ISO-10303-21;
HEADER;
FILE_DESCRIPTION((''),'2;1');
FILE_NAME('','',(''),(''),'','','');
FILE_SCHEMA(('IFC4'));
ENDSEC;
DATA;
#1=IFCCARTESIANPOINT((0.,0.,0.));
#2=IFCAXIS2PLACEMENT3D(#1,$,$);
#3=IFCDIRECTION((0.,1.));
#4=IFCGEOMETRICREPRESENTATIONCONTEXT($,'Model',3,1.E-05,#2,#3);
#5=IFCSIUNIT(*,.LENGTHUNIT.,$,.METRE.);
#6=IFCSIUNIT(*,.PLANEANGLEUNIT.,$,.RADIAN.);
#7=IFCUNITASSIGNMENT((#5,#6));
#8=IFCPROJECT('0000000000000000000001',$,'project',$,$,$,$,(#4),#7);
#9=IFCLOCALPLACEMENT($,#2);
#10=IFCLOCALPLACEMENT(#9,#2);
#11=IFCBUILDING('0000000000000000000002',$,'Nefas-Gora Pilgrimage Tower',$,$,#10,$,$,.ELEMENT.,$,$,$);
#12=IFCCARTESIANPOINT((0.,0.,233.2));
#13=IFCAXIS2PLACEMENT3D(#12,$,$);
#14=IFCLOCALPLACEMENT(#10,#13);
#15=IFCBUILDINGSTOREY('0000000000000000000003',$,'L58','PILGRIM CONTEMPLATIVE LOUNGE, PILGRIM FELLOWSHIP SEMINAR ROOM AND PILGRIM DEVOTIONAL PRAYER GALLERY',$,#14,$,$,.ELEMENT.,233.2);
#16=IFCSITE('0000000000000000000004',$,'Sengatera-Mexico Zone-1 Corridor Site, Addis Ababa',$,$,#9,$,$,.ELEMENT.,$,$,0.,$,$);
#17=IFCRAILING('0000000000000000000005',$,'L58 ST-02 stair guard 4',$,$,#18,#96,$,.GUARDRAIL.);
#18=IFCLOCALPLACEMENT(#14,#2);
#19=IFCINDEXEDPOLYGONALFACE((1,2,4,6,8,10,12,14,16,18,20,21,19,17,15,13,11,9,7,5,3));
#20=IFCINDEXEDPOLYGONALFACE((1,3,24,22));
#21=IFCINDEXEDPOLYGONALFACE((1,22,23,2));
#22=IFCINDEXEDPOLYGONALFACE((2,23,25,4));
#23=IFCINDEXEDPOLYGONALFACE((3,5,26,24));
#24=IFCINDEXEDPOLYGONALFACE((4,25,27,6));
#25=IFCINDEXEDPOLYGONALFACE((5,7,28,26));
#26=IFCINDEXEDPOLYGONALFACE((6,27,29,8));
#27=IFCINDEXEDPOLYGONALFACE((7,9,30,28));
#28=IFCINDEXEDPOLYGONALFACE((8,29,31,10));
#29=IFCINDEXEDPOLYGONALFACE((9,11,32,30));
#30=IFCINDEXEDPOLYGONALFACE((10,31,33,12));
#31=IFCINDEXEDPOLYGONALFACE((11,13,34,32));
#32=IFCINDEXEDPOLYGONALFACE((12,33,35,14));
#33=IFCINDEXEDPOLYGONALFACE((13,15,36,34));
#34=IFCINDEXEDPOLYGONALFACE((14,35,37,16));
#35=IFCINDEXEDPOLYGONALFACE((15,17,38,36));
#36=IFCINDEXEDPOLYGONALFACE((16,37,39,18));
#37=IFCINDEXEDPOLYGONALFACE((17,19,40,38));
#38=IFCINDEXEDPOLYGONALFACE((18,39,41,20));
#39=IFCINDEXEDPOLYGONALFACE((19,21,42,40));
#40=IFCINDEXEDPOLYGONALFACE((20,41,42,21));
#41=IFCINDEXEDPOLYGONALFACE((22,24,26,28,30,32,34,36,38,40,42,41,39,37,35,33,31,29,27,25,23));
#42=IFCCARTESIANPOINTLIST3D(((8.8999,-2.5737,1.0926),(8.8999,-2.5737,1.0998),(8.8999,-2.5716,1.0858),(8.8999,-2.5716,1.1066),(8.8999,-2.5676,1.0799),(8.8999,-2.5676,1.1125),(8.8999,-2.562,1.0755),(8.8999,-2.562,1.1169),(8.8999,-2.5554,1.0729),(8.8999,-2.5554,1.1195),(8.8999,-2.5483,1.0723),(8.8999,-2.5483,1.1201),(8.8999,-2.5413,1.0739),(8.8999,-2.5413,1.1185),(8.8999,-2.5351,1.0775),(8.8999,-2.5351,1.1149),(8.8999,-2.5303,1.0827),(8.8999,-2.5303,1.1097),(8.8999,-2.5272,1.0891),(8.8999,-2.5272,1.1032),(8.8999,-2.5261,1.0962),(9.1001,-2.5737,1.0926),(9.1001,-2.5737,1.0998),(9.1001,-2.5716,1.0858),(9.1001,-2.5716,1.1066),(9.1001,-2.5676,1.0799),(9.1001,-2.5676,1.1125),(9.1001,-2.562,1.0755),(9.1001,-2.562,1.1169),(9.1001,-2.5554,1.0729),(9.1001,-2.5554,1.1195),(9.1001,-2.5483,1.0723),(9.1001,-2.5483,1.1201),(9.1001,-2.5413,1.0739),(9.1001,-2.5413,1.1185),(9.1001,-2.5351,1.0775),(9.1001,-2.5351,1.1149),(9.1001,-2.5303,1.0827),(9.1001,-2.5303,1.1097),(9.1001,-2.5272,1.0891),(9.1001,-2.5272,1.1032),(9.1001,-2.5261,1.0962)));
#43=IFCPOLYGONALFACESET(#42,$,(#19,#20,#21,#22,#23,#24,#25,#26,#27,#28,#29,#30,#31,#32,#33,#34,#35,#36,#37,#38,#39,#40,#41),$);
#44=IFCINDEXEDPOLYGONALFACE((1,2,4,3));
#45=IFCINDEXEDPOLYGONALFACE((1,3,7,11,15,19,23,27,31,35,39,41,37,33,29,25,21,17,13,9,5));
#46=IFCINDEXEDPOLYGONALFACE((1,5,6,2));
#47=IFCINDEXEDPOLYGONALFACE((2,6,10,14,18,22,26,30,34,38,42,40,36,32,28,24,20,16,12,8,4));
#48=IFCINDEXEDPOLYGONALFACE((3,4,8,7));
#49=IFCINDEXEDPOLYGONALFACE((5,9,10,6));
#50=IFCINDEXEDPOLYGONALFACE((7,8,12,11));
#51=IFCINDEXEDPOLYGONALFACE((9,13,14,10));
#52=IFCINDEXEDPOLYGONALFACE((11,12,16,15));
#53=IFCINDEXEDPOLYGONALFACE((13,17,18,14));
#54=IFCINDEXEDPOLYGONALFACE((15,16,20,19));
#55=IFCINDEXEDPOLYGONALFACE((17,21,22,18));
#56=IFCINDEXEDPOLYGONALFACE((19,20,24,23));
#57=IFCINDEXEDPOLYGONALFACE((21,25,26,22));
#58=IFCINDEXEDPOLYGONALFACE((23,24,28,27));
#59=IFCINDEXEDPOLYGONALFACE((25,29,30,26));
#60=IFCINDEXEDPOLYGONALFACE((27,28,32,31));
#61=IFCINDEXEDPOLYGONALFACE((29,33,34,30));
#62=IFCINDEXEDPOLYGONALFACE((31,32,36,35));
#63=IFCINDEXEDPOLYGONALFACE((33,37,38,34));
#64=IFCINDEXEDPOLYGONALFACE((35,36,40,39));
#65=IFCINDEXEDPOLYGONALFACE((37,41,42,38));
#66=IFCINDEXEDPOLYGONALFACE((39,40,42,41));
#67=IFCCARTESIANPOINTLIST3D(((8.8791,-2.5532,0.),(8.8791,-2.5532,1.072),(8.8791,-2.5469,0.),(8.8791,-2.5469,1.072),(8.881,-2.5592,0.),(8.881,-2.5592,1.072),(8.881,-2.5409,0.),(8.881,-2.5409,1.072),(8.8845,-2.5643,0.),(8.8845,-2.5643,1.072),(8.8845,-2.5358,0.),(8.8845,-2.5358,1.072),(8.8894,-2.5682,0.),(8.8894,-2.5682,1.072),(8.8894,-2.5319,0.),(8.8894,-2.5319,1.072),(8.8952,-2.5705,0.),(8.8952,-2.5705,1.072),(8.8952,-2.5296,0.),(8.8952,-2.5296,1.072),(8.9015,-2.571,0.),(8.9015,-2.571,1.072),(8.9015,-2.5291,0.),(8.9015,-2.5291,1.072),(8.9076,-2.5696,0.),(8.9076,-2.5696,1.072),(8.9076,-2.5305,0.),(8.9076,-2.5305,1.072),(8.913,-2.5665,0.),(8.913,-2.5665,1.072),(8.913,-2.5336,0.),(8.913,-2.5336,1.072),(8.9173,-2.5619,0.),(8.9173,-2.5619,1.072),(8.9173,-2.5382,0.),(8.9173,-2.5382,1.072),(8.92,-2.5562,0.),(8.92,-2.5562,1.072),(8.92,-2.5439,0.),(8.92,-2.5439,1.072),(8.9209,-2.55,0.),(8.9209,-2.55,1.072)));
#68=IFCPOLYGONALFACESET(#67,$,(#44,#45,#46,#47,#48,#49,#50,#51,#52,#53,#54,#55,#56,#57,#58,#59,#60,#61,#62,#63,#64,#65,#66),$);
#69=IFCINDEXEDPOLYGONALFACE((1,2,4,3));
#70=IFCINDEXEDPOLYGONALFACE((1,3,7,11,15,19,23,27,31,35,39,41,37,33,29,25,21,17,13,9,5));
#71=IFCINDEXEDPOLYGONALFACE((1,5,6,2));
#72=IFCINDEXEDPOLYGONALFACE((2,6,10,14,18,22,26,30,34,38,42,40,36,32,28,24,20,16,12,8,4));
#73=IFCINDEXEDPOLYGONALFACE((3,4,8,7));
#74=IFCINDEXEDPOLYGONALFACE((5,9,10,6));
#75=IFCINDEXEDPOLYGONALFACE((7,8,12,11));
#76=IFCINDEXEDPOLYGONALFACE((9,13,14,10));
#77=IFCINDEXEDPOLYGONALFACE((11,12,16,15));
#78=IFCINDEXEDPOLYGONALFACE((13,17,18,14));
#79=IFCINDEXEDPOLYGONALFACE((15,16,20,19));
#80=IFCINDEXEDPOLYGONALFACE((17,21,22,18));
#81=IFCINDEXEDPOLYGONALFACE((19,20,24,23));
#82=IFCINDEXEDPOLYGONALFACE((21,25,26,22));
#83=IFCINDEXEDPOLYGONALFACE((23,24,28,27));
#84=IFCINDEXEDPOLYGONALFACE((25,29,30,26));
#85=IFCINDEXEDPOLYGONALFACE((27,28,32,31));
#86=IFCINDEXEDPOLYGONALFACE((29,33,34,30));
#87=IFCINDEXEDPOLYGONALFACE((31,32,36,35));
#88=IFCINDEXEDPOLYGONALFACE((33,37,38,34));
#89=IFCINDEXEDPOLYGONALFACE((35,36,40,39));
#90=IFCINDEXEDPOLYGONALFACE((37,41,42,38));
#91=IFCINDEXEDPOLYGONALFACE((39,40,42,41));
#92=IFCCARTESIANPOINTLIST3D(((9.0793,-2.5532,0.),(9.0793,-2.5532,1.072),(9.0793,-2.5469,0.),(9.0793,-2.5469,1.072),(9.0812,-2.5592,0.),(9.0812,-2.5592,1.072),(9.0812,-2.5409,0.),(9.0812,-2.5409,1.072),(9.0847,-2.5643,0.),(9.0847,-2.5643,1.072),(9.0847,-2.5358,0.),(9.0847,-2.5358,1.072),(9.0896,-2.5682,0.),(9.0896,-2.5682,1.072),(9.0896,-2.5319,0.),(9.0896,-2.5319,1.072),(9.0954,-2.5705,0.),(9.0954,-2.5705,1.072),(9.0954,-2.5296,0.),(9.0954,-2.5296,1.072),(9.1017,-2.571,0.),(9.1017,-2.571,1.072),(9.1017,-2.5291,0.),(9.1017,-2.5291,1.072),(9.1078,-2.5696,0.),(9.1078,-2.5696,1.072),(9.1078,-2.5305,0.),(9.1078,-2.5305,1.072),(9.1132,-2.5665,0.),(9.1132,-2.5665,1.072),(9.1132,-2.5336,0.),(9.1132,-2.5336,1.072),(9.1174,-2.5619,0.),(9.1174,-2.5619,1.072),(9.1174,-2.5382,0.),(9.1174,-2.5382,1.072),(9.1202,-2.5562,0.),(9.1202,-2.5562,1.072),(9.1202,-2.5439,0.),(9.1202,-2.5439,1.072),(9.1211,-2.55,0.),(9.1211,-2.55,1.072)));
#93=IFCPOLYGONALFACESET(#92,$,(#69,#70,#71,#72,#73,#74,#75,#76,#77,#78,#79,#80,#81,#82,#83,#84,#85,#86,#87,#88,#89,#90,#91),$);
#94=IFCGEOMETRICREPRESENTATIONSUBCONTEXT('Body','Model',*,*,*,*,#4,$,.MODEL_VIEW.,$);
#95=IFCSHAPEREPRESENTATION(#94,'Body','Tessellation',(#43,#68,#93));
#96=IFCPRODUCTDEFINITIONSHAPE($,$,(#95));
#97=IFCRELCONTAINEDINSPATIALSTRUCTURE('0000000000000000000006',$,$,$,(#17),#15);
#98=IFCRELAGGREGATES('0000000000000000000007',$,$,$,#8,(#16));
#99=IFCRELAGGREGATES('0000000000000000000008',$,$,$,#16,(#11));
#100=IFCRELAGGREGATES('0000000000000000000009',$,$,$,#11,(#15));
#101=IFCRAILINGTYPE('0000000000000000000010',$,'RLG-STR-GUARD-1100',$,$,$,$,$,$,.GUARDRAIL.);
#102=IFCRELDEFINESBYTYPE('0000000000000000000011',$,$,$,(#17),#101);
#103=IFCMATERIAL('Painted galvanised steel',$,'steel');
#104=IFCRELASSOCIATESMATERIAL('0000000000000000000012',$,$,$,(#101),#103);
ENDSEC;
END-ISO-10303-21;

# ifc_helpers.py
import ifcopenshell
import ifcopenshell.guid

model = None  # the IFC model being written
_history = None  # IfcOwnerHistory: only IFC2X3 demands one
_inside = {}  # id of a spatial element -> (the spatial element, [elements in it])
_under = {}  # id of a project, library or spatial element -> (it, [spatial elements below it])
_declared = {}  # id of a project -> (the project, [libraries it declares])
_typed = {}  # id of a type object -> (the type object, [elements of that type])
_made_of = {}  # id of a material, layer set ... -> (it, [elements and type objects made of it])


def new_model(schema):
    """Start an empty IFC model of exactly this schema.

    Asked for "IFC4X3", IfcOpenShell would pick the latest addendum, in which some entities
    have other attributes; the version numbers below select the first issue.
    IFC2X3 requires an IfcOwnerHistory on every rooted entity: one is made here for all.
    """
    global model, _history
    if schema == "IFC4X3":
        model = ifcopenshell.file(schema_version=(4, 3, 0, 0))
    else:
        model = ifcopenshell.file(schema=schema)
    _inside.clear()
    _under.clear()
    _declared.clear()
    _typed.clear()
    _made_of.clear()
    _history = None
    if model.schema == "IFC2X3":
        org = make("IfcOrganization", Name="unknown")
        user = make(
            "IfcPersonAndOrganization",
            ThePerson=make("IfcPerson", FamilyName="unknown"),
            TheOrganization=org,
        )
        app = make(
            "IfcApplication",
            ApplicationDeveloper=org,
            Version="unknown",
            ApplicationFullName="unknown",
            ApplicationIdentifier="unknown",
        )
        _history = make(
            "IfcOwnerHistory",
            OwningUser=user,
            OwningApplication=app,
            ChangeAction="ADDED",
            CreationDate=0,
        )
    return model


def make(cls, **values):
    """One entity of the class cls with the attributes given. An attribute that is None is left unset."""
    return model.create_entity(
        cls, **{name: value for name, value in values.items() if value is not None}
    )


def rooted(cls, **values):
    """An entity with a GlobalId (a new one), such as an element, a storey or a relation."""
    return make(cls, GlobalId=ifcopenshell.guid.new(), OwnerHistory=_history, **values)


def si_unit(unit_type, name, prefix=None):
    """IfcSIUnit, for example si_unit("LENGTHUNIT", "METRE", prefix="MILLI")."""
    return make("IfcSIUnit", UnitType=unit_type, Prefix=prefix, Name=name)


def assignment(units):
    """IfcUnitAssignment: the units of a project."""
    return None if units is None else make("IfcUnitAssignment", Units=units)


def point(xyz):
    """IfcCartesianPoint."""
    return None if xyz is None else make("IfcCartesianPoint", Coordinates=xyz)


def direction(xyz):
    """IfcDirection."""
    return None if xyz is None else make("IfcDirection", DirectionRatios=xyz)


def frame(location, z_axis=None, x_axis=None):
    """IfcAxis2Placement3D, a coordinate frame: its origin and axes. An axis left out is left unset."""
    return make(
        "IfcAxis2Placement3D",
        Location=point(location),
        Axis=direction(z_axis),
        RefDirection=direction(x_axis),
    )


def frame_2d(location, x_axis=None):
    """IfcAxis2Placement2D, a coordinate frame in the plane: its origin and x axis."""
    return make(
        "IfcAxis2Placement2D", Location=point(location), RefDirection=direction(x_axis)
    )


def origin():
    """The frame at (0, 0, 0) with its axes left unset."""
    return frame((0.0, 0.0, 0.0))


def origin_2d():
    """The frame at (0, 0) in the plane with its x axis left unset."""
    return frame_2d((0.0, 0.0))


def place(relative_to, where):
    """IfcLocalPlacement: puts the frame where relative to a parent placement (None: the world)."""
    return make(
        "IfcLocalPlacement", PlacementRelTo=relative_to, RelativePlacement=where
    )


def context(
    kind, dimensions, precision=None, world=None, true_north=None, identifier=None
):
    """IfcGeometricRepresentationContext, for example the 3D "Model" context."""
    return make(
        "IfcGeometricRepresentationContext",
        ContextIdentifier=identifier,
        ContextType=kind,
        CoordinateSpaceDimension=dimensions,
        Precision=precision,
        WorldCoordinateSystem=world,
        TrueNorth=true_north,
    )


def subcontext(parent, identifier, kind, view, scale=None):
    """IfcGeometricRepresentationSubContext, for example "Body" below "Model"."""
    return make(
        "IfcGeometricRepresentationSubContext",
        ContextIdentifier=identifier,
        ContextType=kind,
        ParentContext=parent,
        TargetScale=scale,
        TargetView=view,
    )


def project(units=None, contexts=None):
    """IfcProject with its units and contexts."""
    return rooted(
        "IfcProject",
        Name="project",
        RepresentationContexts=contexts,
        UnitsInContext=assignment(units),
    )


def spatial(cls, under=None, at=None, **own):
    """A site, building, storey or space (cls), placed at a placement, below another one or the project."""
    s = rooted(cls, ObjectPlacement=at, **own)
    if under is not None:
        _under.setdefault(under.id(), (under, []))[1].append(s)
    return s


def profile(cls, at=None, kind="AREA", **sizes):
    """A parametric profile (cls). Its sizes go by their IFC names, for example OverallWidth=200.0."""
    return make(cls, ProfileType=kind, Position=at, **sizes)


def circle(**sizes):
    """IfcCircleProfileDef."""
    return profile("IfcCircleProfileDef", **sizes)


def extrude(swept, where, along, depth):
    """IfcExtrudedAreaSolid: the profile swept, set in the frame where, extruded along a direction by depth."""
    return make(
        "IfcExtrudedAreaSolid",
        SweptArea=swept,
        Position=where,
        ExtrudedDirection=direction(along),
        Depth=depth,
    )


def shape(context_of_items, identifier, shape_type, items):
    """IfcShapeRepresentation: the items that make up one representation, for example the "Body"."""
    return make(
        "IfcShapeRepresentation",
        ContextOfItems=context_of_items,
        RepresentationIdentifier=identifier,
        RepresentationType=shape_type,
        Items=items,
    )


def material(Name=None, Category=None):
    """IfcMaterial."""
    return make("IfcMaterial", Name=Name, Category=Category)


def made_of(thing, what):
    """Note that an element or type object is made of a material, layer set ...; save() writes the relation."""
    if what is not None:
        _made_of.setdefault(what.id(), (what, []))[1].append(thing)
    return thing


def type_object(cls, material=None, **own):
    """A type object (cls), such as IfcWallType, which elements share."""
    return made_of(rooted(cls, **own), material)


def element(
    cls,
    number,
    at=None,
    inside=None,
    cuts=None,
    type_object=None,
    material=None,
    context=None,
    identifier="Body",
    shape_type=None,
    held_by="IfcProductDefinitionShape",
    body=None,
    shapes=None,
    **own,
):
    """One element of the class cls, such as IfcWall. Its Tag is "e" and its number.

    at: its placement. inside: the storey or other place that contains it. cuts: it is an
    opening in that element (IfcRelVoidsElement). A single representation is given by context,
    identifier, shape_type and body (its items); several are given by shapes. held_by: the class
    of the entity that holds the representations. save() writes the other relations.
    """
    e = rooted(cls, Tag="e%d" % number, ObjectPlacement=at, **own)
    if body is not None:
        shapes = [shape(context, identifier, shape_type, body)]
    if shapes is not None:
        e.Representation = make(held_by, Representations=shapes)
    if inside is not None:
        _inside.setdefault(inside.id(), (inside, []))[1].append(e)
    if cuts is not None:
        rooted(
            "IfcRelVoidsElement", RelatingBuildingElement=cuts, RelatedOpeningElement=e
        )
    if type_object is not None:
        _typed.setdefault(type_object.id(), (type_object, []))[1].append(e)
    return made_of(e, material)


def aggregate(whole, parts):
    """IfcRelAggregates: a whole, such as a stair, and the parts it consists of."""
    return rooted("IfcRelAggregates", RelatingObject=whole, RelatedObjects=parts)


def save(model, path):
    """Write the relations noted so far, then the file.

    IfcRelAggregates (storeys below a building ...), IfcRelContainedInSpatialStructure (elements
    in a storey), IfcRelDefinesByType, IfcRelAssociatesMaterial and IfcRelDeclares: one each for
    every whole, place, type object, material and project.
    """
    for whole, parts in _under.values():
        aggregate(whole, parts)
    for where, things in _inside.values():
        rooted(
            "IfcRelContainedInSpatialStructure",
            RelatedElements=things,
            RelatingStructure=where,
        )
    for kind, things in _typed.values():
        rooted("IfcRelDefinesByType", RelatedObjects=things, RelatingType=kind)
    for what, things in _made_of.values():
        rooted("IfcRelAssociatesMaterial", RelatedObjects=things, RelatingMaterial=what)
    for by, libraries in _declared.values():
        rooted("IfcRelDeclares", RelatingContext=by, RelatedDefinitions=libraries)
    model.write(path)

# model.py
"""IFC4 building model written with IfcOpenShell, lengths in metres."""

from ifc_helpers import new_model, si_unit, direction, frame, origin, origin_2d, place, context, subcontext, project, spatial, circle, extrude, material, type_object, element, save


model = new_model("IFC4")

# Units and contexts
model_context = context("Model", 3, precision=1e-05, world=origin(), true_north=direction((0.0, 1.0)))
body_context = subcontext(model_context, "Body", "Model", "MODEL_VIEW")
ifc_project = project(units=[si_unit("LENGTHUNIT", "METRE"), si_unit("PLANEANGLEUNIT", "RADIAN")], contexts=[model_context])

# Site, building, storey
site_placement = place(None, origin())
site = spatial("IfcSite", under=ifc_project, at=site_placement, Name="Sengatera-Mexico Zone-1 Corridor Site, Addis Ababa", CompositionType="ELEMENT", RefElevation=0.0)
building_placement = place(site_placement, origin())
building = spatial("IfcBuilding", under=site, at=building_placement, Name="Nefas-Gora Pilgrimage Tower", CompositionType="ELEMENT")
storey_placement = place(building_placement, frame((0.0, 0.0, 233.2)))
storey = spatial("IfcBuildingStorey", under=building, at=storey_placement, Name="L58", Description="PILGRIM CONTEMPLATIVE LOUNGE, PILGRIM FELLOWSHIP SEMINAR ROOM AND PILGRIM DEVOTIONAL PRAYER GALLERY", CompositionType="ELEMENT", Elevation=233.2)

# Railing
ifc_material_1 = material(Name="Painted galvanised steel", Category="steel")
railing_type_1 = type_object("IfcRailingType", Name="RLG-STR-GUARD-1100", PredefinedType="GUARDRAIL", material=ifc_material_1)
railing_1_placement = place(storey_placement, frame((8.8999, -2.55, 0.0)))
element("IfcRailing", 1, at=railing_1_placement, inside=storey, type_object=railing_type_1, Name="L58 ST-02 stair guard 4", PredefinedType="GUARDRAIL", context=body_context, shape_type="SweptSolid", body=[
    extrude(circle(Radius=0.0239, at=origin_2d()), frame((0.0, 0.0, 1.0962), z_axis=(1.0, 0.0, 0.0), x_axis=(0.0, 1.0, 0.0)), (0.0, 0.0, 1.0), 0.2002),
    extrude(circle(Radius=0.021, at=origin_2d()), origin(), (0.0, 0.0, 1.0), 1.072),
    extrude(circle(Radius=0.021, at=origin_2d()), frame((0.2002, 0.0, 0.0)), (0.0, 0.0, 1.0), 1.072),
])

save(model, "model.ifc")
